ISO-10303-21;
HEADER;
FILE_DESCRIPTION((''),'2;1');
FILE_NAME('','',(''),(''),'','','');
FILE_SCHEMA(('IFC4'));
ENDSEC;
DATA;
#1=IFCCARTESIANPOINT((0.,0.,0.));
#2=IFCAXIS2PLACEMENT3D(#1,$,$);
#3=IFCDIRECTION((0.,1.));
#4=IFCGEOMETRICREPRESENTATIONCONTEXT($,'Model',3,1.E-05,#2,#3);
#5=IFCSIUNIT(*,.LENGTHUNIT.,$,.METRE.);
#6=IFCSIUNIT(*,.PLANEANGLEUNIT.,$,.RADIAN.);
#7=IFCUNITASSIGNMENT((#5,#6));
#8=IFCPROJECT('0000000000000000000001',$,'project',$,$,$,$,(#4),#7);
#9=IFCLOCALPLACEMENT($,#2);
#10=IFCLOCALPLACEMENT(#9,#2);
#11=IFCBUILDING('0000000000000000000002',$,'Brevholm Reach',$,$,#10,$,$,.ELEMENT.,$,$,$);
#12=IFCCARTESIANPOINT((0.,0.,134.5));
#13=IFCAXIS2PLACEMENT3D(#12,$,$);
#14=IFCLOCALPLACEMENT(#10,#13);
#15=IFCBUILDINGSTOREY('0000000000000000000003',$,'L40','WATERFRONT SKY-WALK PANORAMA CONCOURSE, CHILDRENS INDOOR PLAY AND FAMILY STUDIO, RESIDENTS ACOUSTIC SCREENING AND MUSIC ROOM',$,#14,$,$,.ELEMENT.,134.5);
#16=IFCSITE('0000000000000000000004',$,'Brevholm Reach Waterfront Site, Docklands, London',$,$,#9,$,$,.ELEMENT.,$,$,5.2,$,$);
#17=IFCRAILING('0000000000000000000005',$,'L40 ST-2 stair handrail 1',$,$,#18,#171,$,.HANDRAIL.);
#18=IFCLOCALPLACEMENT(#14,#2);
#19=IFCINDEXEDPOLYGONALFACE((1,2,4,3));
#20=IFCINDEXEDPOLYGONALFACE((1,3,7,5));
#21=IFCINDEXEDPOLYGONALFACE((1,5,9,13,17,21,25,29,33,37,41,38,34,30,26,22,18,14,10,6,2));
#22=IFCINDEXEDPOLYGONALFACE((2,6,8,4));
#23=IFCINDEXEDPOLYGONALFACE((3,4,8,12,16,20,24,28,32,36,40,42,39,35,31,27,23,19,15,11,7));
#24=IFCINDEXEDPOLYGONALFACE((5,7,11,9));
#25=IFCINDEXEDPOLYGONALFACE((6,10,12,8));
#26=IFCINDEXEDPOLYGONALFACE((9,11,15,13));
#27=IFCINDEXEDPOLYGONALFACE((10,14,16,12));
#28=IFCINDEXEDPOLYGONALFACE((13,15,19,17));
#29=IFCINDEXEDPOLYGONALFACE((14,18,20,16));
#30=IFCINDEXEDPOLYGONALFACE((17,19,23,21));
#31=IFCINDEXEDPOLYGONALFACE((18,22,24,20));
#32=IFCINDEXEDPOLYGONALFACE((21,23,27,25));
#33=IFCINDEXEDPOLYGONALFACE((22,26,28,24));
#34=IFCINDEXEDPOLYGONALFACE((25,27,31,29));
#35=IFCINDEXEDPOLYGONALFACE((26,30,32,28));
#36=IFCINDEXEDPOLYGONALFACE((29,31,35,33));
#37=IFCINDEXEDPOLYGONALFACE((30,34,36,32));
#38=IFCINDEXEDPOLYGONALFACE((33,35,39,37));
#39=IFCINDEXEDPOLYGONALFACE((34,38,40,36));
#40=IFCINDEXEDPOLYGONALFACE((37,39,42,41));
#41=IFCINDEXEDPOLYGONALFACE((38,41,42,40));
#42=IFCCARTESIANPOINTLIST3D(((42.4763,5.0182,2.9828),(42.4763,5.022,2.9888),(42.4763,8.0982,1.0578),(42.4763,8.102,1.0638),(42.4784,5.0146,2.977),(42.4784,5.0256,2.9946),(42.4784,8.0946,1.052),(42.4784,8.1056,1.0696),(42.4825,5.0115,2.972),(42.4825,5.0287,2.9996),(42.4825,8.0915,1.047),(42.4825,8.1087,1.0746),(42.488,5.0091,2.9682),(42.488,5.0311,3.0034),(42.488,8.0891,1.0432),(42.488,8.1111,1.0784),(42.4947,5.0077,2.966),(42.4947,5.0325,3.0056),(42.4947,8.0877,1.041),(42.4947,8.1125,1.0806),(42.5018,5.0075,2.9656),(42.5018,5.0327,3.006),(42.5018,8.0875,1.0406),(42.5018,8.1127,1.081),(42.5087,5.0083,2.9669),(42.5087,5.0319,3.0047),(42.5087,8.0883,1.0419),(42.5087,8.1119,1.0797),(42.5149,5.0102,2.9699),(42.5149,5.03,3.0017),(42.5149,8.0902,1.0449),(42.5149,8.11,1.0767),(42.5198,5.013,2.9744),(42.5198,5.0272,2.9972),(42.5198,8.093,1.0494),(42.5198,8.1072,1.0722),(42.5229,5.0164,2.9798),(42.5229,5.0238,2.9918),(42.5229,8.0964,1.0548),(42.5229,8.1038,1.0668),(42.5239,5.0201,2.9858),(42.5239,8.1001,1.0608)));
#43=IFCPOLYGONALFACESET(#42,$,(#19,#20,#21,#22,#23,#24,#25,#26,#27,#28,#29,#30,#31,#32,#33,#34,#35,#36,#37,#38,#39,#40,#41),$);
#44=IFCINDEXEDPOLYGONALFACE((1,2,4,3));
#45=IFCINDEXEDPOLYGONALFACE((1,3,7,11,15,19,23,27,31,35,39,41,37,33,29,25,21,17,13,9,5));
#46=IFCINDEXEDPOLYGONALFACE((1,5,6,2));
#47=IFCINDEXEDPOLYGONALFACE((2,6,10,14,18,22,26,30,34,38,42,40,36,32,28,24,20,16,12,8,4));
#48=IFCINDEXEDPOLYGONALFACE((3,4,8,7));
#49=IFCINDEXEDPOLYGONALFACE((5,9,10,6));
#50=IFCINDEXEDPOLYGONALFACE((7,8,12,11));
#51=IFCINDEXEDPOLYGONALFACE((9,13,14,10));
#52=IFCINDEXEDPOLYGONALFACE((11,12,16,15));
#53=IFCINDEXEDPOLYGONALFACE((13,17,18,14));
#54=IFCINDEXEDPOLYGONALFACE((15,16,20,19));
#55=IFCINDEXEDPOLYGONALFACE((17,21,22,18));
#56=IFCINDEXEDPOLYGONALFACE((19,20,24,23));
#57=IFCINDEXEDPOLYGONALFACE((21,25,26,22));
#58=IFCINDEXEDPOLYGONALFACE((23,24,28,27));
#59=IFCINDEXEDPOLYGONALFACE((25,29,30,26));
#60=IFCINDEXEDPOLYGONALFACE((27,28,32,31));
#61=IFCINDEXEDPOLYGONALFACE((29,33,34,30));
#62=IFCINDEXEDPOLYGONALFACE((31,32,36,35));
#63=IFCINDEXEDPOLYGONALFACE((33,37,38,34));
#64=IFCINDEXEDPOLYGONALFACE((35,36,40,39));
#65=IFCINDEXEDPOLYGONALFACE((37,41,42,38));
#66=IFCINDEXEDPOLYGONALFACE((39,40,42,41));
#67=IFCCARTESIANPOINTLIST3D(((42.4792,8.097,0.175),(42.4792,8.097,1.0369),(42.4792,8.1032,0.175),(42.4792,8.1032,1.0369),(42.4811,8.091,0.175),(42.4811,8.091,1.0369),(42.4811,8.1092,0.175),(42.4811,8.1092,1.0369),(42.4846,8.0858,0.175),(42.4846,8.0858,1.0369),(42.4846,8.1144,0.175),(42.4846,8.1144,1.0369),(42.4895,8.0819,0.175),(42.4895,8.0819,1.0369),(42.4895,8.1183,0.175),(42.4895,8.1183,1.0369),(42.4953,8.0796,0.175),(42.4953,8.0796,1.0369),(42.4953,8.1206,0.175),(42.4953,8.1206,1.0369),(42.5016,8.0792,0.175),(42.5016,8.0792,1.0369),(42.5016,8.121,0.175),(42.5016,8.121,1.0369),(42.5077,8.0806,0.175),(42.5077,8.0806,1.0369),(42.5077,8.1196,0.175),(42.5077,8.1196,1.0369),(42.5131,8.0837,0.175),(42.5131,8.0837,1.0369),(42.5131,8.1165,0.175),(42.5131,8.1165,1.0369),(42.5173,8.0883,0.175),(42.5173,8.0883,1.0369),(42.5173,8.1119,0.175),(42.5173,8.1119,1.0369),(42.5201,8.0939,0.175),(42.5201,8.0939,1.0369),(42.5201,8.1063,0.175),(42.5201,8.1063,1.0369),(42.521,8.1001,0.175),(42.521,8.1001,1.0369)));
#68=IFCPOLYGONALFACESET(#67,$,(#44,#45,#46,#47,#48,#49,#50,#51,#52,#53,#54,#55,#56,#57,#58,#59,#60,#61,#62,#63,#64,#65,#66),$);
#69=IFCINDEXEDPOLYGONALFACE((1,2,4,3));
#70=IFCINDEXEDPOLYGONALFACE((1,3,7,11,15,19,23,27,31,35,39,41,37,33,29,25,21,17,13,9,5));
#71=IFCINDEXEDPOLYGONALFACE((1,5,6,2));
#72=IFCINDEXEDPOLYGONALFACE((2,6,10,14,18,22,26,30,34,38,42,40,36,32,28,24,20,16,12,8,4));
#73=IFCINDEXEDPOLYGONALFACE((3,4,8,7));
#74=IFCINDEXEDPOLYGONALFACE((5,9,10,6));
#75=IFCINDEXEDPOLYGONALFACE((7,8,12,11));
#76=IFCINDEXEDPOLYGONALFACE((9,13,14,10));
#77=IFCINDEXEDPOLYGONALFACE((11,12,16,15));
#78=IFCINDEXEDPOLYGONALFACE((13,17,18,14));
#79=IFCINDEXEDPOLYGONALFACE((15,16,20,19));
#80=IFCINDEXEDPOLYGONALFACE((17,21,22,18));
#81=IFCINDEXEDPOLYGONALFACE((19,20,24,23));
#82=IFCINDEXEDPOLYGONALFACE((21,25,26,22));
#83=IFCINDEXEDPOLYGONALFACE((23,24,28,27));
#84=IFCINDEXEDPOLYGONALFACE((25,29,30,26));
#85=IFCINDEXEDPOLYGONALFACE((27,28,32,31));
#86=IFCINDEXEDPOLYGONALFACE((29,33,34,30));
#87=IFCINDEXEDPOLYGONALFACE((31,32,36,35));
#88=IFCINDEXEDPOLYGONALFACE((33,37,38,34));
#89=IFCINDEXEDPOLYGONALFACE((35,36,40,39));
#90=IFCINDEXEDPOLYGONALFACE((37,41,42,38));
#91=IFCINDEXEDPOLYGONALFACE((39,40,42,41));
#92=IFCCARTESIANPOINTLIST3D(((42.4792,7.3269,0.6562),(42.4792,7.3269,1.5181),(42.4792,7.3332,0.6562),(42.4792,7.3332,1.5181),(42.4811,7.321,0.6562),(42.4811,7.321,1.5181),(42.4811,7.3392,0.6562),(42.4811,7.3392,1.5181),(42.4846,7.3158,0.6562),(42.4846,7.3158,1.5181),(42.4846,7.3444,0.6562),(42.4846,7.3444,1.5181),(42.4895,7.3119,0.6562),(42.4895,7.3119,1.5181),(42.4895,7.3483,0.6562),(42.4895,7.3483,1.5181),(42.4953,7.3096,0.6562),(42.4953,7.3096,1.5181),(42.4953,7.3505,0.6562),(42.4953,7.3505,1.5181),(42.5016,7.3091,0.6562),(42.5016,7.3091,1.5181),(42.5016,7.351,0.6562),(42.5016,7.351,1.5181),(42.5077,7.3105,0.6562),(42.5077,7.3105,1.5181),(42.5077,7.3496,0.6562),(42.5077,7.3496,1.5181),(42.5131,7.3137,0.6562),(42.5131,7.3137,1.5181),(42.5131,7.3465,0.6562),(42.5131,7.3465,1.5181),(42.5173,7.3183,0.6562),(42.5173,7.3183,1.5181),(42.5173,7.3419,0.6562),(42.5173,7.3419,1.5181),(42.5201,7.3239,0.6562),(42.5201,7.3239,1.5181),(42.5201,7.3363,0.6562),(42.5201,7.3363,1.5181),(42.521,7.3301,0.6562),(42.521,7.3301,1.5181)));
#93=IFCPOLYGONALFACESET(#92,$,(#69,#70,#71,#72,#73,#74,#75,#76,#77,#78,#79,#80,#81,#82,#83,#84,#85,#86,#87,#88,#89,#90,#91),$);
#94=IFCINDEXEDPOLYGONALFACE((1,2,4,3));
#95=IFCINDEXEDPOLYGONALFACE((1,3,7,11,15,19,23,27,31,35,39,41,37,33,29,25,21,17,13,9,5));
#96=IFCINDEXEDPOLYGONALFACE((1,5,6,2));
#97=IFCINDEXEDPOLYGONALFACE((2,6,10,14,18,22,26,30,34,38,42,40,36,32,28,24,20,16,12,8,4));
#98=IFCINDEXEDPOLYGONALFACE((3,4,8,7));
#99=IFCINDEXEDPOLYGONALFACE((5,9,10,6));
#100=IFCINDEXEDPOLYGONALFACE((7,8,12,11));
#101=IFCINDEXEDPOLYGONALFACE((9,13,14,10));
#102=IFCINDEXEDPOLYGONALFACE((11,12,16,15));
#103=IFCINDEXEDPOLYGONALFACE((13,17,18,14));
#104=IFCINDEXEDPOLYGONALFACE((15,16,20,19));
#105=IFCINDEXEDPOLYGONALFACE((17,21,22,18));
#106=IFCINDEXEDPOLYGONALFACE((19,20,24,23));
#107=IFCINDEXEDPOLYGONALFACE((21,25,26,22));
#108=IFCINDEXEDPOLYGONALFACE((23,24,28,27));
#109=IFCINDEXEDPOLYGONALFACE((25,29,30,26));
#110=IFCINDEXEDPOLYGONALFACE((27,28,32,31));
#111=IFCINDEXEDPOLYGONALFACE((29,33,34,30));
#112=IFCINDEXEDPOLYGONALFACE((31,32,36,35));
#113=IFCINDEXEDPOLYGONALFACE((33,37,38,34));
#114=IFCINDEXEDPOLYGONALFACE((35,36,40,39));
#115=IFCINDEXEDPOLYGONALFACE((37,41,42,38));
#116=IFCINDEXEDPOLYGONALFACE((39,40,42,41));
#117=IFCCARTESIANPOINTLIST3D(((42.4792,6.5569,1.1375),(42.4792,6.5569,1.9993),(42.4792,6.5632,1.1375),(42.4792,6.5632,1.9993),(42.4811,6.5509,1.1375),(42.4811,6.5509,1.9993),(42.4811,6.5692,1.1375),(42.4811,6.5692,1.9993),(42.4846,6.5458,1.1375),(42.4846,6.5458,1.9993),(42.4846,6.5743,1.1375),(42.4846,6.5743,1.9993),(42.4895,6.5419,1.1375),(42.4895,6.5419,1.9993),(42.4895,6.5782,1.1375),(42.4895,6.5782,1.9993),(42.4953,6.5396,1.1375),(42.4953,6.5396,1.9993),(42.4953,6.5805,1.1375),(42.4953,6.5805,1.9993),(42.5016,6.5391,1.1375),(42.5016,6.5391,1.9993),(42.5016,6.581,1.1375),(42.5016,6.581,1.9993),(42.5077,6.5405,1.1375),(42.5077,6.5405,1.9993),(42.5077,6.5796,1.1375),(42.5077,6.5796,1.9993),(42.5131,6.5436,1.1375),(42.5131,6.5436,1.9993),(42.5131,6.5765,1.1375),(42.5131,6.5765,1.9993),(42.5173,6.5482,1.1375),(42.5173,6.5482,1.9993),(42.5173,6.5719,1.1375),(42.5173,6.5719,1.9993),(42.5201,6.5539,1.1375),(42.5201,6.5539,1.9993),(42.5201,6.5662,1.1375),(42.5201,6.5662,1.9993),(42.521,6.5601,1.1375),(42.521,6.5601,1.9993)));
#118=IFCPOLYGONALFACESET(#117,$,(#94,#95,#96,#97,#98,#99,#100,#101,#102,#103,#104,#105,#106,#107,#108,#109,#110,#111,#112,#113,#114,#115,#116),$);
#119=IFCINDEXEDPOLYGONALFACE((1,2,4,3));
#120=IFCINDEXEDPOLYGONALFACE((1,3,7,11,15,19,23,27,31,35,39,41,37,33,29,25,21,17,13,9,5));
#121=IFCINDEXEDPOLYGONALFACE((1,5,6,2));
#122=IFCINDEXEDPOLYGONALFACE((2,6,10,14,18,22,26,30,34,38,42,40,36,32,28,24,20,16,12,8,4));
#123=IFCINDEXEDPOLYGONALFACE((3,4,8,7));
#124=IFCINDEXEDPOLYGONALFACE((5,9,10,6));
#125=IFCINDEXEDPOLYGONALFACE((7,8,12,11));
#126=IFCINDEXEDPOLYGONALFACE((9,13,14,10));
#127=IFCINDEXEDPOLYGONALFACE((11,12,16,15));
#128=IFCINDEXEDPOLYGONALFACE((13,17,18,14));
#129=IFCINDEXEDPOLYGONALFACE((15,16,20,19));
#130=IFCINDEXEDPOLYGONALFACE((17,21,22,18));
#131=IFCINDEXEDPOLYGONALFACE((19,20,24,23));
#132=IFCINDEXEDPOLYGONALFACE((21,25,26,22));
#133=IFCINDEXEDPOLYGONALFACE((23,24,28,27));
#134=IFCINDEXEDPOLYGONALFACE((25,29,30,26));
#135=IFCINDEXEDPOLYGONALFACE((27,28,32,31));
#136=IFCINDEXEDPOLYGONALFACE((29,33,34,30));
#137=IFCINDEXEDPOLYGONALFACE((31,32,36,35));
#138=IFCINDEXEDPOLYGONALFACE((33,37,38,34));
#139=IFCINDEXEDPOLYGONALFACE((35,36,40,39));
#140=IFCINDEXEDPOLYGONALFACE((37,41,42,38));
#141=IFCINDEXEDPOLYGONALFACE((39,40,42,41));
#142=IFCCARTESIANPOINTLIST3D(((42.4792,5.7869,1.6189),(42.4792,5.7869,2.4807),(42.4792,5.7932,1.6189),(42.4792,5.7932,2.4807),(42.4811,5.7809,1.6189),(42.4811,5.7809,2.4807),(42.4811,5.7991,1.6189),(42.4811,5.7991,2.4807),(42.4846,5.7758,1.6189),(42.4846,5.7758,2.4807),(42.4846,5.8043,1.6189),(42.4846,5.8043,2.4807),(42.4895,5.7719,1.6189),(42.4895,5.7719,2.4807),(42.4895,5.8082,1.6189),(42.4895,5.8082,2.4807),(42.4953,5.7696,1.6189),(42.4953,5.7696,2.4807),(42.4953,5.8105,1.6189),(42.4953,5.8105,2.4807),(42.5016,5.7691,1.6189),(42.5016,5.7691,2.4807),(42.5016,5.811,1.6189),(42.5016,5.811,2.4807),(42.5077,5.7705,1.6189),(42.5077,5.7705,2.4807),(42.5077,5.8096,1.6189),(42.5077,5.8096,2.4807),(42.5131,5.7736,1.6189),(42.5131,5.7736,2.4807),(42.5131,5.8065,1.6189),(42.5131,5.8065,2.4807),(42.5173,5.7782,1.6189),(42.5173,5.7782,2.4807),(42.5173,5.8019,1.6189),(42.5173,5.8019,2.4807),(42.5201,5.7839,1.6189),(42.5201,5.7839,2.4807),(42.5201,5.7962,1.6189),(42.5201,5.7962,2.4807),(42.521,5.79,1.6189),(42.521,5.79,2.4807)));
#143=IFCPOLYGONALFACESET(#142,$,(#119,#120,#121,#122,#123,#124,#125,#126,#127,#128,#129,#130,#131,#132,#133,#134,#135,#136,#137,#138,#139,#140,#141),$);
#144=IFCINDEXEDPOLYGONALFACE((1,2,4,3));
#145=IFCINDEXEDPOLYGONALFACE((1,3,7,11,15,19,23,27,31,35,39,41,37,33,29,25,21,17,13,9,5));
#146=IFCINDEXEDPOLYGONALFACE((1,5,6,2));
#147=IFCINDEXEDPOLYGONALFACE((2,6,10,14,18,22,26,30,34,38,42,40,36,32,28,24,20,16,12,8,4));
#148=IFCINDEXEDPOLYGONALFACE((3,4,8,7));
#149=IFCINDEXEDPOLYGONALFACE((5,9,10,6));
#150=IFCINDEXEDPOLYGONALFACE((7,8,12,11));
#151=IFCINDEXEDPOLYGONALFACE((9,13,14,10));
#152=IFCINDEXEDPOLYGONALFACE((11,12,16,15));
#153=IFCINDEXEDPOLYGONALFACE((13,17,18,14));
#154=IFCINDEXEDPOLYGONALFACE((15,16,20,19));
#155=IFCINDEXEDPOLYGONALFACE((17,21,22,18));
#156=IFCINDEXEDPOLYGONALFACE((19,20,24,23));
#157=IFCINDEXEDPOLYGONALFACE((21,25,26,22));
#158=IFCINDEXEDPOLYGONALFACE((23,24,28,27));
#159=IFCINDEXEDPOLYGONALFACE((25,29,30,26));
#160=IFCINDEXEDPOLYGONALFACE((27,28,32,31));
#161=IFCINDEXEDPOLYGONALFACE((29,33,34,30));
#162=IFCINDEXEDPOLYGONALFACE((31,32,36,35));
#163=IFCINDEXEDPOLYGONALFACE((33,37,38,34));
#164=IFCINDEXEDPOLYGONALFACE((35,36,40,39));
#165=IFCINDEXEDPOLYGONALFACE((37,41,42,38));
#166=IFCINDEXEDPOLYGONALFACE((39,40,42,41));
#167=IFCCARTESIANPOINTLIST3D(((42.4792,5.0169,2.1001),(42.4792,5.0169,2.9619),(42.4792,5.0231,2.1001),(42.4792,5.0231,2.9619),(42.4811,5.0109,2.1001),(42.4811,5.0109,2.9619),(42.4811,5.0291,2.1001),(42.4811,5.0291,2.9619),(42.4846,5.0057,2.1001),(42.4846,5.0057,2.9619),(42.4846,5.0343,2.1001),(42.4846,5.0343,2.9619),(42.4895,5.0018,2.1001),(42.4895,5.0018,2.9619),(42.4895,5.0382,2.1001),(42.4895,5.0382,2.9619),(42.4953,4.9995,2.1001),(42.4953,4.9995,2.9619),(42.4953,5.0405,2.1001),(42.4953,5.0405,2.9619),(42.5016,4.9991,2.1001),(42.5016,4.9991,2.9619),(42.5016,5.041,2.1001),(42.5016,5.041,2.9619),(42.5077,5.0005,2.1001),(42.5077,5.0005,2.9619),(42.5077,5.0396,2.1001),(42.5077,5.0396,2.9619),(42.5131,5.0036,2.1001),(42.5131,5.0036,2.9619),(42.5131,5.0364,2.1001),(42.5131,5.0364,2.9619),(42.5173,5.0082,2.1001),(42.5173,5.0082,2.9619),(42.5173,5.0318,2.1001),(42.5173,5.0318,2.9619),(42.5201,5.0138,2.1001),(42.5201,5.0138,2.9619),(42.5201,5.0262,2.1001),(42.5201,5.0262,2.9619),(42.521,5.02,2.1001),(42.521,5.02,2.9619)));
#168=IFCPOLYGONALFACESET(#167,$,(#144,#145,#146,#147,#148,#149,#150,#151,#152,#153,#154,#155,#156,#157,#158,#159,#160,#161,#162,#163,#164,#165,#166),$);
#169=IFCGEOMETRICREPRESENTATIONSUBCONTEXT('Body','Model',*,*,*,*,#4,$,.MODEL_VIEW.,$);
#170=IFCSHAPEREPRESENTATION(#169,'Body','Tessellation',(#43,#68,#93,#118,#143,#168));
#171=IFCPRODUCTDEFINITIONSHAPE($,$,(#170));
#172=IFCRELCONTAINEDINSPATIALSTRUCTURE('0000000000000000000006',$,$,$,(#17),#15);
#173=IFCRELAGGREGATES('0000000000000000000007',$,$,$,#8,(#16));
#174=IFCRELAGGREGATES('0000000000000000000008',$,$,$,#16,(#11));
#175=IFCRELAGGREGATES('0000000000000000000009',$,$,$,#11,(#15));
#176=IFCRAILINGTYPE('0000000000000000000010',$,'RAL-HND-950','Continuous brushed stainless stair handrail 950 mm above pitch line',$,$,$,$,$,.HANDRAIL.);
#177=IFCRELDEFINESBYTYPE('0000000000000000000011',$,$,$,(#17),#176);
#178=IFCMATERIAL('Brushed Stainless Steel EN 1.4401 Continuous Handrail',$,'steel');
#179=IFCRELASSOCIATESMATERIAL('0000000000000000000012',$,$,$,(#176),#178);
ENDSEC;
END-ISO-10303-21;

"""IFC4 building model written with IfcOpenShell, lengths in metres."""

from ifc_helpers import new_model, si_unit, direction, frame, origin, origin_2d, place, context, subcontext, project, spatial, circle, extrude, material, type_object, element, save


model = new_model("IFC4")

# Units and contexts
model_context = context("Model", 3, precision=1e-05, world=origin(), true_north=direction((0.0, 1.0)))
body_context = subcontext(model_context, "Body", "Model", "MODEL_VIEW")
ifc_project = project(units=[si_unit("LENGTHUNIT", "METRE"), si_unit("PLANEANGLEUNIT", "RADIAN")], contexts=[model_context])

# Site, building, storey
site_placement = place(None, origin())
site = spatial("IfcSite", under=ifc_project, at=site_placement, Name="Brevholm Reach Waterfront Site, Docklands, London", CompositionType="ELEMENT", RefElevation=5.2)
building_placement = place(site_placement, origin())
building = spatial("IfcBuilding", under=site, at=building_placement, Name="Brevholm Reach", CompositionType="ELEMENT")
storey_placement = place(building_placement, frame((0.0, 0.0, 134.5)))
storey = spatial("IfcBuildingStorey", under=building, at=storey_placement, Name="L40", Description="WATERFRONT SKY-WALK PANORAMA CONCOURSE, CHILDRENS INDOOR PLAY AND FAMILY STUDIO, RESIDENTS ACOUSTIC SCREENING AND MUSIC ROOM", CompositionType="ELEMENT", Elevation=134.5)

# Railing
ifc_material_1 = material(Name="Brushed Stainless Steel EN 1.4401 Continuous Handrail", Category="steel")
railing_type_1 = type_object("IfcRailingType", Name="RAL-HND-950", Description="Continuous brushed stainless stair handrail 950 mm above pitch line", PredefinedType="HANDRAIL", material=ifc_material_1)
railing_1_placement = place(storey_placement, frame((42.5, 8.1001, 0.175)))
element("IfcRailing", 1, at=railing_1_placement, inside=storey, type_object=railing_type_1, Name="L40 ST-2 stair handrail 1", PredefinedType="HANDRAIL", context=body_context, shape_type="SweptSolid", body=[
    extrude(circle(Radius=0.0239, at=origin_2d()), frame((0.0, 0.0, 0.8857), z_axis=(0.0, -0.847998, 0.529999), x_axis=(1.0, 0.0, 0.0)), (0.0, 0.0, 1.0), 3.6321),
    extrude(circle(Radius=0.021, at=origin_2d()), origin(), (0.0, 0.0, 1.0), 0.8618),
    extrude(circle(Radius=0.021, at=origin_2d()), frame((0.0, -0.77, 0.4812)), (0.0, 0.0, 1.0), 0.8618),
    extrude(circle(Radius=0.021, at=origin_2d()), frame((0.0, -1.54, 0.9624)), (0.0, 0.0, 1.0), 0.8618),
    extrude(circle(Radius=0.021, at=origin_2d()), frame((0.0, -2.3101, 1.4438)), (0.0, 0.0, 1.0), 0.8618),
    extrude(circle(Radius=0.021, at=origin_2d()), frame((0.0, -3.0801, 1.925)), (0.0, 0.0, 1.0), 0.8618),
])

save(model, "model.ifc")
